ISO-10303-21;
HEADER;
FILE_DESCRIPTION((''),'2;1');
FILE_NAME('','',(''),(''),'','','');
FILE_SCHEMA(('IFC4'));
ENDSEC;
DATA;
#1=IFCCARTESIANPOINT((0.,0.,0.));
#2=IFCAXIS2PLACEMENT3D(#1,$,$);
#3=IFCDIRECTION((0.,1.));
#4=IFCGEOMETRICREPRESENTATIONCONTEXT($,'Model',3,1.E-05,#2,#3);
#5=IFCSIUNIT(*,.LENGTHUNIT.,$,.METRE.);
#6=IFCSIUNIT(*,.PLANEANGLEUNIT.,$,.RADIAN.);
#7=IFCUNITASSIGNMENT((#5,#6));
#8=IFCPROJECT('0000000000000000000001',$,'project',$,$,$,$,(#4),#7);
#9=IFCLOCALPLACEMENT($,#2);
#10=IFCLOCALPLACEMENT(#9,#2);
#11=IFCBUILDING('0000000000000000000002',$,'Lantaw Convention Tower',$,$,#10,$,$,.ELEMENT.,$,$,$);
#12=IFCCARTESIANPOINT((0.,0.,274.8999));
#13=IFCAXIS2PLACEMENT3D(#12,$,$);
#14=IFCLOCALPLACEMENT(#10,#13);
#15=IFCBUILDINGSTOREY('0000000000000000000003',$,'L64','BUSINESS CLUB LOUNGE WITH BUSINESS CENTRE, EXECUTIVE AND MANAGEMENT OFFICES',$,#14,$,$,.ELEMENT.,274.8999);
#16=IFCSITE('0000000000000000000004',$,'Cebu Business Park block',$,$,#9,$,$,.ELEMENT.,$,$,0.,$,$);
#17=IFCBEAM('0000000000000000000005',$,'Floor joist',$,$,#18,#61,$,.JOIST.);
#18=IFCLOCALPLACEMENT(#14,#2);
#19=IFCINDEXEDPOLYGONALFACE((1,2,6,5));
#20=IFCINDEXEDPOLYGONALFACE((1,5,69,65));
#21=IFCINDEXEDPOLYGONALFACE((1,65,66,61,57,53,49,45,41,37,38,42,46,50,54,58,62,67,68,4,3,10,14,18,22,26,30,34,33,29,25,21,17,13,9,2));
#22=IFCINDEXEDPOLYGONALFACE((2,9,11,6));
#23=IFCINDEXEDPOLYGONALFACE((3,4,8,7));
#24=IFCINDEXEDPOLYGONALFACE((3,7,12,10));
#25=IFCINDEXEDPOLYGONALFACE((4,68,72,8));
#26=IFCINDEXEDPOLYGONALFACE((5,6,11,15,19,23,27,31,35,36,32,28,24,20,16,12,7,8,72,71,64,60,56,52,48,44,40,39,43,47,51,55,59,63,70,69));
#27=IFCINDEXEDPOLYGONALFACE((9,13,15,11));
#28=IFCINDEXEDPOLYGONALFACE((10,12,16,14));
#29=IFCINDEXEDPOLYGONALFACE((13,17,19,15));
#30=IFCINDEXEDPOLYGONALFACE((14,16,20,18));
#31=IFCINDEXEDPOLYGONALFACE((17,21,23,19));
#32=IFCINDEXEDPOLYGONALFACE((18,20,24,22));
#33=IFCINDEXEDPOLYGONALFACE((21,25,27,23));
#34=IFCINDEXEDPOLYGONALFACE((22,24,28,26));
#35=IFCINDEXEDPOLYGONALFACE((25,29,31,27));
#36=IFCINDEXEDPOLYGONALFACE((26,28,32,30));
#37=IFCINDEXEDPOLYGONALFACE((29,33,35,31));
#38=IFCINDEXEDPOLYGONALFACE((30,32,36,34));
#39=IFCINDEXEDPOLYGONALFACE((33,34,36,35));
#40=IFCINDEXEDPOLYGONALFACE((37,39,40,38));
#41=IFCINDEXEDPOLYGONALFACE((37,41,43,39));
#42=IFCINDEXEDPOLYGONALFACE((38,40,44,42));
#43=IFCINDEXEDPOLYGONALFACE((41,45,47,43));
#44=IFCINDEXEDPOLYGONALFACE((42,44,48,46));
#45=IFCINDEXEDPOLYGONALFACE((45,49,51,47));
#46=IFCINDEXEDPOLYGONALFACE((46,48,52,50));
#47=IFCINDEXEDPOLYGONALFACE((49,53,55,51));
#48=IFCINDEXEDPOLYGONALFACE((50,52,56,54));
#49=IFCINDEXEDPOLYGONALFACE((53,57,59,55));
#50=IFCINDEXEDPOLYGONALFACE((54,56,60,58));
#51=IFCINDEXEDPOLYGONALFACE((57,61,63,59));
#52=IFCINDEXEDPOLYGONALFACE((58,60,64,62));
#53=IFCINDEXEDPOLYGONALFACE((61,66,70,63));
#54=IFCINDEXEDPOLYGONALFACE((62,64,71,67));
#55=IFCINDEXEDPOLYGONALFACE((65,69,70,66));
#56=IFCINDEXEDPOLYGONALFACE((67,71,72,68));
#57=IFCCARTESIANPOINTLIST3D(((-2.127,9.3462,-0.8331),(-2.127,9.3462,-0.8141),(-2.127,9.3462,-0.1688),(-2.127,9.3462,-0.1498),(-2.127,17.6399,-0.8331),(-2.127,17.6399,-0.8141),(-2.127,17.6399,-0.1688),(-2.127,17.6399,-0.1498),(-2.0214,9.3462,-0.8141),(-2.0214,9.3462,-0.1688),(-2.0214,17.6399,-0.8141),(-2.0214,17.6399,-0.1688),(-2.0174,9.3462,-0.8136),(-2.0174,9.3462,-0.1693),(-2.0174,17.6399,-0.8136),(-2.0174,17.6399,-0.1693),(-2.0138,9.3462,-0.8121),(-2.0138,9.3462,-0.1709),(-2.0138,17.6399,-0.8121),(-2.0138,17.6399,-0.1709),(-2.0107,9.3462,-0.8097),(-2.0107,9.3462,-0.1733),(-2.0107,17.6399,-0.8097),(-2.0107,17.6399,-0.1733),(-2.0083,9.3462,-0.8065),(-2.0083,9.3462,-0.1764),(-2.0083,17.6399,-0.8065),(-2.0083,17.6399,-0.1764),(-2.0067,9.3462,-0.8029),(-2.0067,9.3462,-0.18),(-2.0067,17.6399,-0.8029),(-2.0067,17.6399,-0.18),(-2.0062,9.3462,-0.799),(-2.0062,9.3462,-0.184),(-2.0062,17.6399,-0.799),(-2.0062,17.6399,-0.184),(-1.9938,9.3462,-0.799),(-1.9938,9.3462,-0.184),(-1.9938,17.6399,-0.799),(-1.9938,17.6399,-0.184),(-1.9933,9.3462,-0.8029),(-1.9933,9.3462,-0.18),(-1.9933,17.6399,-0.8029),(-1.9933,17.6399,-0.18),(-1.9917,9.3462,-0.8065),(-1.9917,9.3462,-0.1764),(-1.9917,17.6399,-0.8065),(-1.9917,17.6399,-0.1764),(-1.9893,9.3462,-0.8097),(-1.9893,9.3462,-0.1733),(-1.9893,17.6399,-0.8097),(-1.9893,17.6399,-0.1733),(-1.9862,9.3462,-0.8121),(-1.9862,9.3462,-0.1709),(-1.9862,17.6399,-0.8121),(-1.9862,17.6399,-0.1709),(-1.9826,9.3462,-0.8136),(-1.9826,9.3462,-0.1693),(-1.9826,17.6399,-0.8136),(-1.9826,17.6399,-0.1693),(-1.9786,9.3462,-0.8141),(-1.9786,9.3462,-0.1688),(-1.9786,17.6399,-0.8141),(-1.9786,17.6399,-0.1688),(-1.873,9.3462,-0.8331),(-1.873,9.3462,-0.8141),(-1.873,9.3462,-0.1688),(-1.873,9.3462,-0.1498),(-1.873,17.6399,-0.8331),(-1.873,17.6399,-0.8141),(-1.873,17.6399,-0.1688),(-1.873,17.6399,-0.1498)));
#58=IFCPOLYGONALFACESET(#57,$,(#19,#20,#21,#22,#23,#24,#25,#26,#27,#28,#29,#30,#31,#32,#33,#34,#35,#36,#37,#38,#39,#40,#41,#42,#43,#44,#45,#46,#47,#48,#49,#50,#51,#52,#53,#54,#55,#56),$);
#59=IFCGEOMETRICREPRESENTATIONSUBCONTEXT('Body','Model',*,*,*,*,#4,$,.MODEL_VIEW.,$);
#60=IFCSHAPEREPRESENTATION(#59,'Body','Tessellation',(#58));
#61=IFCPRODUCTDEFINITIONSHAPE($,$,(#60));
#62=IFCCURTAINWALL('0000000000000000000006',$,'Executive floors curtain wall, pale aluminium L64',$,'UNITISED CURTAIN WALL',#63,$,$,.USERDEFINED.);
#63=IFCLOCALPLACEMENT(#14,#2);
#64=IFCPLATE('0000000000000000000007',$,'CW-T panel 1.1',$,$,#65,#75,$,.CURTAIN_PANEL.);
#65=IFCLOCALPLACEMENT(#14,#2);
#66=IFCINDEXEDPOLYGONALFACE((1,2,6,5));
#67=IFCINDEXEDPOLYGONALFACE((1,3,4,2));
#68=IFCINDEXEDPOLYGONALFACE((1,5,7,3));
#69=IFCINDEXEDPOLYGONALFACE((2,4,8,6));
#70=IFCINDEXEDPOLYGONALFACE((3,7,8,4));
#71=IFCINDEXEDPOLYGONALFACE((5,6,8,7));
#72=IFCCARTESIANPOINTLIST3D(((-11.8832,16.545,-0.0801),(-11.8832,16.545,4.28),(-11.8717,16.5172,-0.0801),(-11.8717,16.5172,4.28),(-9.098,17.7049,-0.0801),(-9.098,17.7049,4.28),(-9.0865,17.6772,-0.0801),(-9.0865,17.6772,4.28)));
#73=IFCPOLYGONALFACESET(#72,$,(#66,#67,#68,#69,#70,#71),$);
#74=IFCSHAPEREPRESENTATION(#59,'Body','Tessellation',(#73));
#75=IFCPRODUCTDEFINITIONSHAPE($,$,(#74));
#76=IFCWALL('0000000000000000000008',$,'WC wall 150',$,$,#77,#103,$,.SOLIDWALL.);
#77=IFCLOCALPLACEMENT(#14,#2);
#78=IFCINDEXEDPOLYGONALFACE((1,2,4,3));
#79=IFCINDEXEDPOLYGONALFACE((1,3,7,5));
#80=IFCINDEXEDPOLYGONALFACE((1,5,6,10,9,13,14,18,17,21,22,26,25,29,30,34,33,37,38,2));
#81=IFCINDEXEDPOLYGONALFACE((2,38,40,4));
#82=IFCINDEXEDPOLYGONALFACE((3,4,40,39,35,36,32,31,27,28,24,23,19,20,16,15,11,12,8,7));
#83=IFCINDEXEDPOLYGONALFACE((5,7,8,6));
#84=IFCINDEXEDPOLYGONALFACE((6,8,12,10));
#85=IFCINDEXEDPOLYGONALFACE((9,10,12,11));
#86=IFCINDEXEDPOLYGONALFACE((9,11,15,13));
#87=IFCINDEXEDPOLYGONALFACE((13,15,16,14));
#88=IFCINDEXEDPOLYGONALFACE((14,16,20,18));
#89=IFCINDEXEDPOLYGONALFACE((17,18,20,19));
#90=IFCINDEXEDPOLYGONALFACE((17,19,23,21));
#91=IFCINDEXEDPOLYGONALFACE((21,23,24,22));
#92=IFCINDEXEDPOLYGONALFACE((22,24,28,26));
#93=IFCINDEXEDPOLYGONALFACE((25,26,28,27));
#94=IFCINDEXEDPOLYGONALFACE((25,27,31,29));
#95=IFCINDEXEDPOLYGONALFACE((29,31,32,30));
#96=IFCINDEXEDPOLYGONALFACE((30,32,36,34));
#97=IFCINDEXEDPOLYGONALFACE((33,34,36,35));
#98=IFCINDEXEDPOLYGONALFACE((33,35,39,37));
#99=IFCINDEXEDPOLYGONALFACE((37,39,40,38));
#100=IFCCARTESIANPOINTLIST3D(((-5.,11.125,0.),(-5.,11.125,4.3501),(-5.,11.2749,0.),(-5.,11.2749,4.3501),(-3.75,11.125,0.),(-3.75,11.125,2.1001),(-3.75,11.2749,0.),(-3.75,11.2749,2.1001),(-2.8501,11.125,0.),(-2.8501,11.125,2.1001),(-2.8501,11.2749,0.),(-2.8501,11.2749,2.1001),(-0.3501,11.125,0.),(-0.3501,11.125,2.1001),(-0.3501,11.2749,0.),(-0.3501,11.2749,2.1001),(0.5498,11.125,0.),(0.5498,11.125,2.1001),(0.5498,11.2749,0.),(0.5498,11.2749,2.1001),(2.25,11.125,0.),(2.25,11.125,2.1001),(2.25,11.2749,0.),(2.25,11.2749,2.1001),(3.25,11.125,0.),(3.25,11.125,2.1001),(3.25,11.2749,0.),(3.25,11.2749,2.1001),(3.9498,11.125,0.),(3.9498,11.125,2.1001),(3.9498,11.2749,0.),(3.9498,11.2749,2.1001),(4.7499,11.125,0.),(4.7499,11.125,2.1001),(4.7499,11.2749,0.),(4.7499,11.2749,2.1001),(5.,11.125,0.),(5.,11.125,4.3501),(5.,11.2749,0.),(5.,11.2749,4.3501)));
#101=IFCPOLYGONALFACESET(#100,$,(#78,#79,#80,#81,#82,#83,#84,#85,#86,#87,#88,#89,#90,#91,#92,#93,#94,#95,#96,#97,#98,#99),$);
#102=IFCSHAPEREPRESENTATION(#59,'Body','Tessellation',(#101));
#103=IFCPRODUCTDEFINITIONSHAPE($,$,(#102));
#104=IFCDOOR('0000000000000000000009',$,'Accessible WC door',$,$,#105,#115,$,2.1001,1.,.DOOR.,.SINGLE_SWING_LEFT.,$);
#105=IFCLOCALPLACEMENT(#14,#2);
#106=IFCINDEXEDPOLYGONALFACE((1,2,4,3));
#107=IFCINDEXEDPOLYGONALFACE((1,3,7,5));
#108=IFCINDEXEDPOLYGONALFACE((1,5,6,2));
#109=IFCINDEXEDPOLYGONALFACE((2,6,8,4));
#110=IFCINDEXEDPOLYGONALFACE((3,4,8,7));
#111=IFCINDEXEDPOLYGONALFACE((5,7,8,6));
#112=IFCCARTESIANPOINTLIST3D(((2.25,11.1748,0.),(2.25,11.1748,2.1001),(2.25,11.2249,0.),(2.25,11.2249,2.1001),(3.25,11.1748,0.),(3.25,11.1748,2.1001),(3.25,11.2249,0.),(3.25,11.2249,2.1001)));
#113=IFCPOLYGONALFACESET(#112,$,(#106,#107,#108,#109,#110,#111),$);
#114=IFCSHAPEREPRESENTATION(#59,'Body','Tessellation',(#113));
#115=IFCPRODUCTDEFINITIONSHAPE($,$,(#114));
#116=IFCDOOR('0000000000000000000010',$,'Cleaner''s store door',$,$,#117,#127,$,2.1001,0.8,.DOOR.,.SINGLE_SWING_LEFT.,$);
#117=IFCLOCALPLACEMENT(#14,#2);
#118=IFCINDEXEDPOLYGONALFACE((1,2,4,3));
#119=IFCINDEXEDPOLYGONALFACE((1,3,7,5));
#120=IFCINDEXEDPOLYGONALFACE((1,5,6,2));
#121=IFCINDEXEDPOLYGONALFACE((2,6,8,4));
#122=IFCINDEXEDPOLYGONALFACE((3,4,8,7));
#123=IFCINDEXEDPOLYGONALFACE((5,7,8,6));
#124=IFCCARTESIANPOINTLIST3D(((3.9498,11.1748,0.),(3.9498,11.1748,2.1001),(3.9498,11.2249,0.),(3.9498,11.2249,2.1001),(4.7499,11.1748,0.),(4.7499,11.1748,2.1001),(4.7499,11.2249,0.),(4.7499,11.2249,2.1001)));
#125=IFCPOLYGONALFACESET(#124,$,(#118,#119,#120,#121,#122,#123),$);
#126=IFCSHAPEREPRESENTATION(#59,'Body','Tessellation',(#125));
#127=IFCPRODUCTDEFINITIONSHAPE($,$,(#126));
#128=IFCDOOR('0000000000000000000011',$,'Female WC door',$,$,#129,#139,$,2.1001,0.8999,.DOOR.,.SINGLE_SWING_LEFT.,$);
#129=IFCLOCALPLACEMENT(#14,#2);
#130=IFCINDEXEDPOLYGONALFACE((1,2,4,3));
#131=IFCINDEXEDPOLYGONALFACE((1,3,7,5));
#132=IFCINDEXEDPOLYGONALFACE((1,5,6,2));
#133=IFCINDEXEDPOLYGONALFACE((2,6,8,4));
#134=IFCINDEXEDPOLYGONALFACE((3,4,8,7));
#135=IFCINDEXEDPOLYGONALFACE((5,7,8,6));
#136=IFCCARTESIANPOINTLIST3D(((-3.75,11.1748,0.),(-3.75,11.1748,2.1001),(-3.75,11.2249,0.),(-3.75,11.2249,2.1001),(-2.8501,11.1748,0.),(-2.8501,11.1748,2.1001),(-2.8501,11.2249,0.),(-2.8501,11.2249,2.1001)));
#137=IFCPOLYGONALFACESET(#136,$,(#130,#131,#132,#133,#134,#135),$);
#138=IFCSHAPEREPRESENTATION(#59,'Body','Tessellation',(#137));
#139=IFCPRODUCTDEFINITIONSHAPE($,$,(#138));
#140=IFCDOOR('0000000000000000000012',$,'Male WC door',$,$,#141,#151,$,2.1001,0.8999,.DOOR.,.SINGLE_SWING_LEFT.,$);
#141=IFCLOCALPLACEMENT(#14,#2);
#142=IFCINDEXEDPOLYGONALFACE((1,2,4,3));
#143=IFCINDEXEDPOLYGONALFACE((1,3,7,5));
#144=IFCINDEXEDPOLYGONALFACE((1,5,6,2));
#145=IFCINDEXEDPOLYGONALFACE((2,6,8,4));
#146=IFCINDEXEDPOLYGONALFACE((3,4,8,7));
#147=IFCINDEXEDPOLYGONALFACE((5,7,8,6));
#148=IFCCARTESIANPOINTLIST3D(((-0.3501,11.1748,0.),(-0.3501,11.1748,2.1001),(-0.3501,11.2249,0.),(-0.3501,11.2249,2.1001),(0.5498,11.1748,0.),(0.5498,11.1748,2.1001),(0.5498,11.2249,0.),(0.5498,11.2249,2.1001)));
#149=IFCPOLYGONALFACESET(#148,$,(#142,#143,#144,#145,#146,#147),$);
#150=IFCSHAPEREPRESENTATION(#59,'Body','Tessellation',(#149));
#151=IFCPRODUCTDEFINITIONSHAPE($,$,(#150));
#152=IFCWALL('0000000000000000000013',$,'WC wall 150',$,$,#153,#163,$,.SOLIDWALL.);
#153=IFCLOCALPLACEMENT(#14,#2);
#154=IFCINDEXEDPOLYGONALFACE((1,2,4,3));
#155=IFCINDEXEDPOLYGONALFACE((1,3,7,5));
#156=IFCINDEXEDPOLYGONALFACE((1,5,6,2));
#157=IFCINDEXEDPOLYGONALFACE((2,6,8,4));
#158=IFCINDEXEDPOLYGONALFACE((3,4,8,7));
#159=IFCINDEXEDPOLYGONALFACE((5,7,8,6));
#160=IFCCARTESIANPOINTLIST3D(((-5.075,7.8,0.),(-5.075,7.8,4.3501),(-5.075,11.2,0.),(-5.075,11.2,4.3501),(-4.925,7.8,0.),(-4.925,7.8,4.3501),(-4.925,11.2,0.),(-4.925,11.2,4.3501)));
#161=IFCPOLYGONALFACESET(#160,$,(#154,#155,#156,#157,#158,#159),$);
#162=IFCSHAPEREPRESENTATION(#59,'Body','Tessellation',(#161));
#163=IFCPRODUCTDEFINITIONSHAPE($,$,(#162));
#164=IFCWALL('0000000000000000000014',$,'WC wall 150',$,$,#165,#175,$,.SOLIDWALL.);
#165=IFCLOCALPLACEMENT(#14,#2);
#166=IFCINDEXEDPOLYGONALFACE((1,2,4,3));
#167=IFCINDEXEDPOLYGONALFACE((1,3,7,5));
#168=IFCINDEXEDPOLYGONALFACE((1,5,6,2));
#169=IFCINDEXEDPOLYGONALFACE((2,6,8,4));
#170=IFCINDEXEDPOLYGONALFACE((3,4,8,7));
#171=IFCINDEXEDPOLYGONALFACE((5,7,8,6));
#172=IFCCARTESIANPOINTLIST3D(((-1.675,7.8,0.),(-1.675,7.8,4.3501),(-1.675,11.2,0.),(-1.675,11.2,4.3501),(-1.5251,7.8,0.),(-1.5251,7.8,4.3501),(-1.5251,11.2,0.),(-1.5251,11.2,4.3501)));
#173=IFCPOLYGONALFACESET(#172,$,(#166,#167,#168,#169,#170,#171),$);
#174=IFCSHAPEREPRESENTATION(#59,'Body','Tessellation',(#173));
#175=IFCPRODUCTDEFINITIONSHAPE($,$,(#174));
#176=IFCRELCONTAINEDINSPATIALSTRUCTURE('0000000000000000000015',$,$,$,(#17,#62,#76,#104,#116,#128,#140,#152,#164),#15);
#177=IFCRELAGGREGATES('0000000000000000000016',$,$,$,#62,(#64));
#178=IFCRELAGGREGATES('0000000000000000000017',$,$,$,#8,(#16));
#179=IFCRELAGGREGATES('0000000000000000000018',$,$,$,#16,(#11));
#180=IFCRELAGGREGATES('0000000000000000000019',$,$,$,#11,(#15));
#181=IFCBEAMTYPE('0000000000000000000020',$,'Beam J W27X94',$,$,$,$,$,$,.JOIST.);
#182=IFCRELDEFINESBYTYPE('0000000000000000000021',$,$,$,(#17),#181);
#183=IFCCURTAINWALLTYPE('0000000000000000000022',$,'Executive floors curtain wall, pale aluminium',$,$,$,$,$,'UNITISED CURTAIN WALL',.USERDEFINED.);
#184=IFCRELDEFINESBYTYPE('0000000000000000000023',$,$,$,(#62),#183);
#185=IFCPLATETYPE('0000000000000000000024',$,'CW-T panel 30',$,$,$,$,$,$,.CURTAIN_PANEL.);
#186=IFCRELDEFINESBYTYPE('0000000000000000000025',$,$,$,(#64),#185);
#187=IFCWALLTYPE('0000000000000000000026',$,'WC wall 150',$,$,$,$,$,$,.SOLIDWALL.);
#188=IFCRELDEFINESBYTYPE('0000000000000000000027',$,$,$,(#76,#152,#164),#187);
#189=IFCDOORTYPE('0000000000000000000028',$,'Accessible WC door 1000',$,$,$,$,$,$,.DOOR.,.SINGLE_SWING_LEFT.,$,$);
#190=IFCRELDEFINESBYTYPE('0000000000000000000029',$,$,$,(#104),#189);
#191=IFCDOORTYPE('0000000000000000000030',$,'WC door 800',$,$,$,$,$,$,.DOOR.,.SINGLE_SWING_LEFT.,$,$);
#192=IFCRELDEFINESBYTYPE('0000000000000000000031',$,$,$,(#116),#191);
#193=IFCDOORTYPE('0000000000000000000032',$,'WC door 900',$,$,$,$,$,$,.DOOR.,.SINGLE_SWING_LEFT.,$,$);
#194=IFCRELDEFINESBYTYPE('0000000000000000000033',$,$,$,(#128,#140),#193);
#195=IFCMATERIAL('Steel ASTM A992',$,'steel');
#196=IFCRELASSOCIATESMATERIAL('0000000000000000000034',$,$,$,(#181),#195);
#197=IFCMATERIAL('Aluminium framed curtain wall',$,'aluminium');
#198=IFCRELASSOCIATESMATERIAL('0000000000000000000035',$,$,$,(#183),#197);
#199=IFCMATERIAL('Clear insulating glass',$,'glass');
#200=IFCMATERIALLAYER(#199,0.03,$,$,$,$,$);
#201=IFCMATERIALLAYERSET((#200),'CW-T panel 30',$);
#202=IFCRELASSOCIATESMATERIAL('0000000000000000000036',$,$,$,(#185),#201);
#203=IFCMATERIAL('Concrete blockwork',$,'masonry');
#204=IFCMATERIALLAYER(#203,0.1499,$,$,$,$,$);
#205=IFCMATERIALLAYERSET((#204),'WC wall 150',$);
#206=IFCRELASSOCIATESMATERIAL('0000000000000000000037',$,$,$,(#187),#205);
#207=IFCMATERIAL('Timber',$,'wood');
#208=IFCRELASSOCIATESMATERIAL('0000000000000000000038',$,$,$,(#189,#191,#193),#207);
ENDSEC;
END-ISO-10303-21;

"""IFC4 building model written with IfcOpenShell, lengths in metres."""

from ifc_helpers import new_model, si_unit, direction, frame, frame_2d, origin, origin_2d, place, context, subcontext, project, spatial, rectangle, i_section, extrude, material, layer, layer_set, material_profile, profile_set, type_object, element, fill, aggregate, save


model = new_model("IFC4")

# Units and contexts
model_context = context("Model", 3, precision=1e-05, world=origin(), true_north=direction((0.0, 1.0)))
body_context = subcontext(model_context, "Body", "Model", "MODEL_VIEW")
ifc_project = project(units=[si_unit("LENGTHUNIT", "METRE"), si_unit("PLANEANGLEUNIT", "RADIAN")], contexts=[model_context])

# Site, building, storey
site_placement = place(None, origin())
site = spatial("IfcSite", under=ifc_project, at=site_placement, Name="Cebu Business Park block", CompositionType="ELEMENT", RefElevation=0.0)
building_placement = place(site_placement, origin())
building = spatial("IfcBuilding", under=site, at=building_placement, Name="Lantaw Convention Tower", CompositionType="ELEMENT")
storey_placement = place(building_placement, frame((0.0, 0.0, 274.8999)))
storey = spatial("IfcBuildingStorey", under=building, at=storey_placement, Name="L64", Description="BUSINESS CLUB LOUNGE WITH BUSINESS CENTRE, EXECUTIVE AND MANAGEMENT OFFICES", CompositionType="ELEMENT", Elevation=274.8999)

# Beam
ifc_material_1 = material(Name="Steel ASTM A992", Category="steel")
ifc_material_profile_1 = material_profile(ifc_material_1, i_section(OverallWidth=0.2539, OverallDepth=0.6833, WebThickness=0.0125, FlangeThickness=0.019, FilletRadius=0.0151, at=origin_2d()), Name="W27X94")
ifc_profile_set_1 = profile_set([ifc_material_profile_1], Name="Steel ASTM A992")
beam_type_1 = type_object("IfcBeamType", Name="Beam J W27X94", PredefinedType="JOIST", material=ifc_profile_set_1)
beam_1_placement = place(storey_placement, frame((-2.0, 9.3462, -0.4915), z_axis=(0.0, 1.0, 0.0), x_axis=(-1.0, 0.0, 0.0)))
element("IfcBeam", 1, at=beam_1_placement, inside=storey, type_object=beam_type_1, Name="Floor joist", PredefinedType="JOIST", context=body_context, shape_type="SweptSolid", body=[
    extrude(i_section(OverallWidth=0.2539, OverallDepth=0.6833, WebThickness=0.0125, FlangeThickness=0.019, FilletRadius=0.0151, at=origin_2d()), origin(), (0.0, 0.0, 1.0), 8.2937),
])

# Curtain wall, plate
ifc_material_2 = material(Name="Aluminium framed curtain wall", Category="aluminium")
curtain_wall_type = type_object("IfcCurtainWallType", Name="Executive floors curtain wall, pale aluminium", ElementType="UNITISED CURTAIN WALL", PredefinedType="USERDEFINED", material=ifc_material_2)
curtain_wall_placement = place(storey_placement, origin())
curtain_wall = element("IfcCurtainWall", 2, at=curtain_wall_placement, inside=storey, type_object=curtain_wall_type, Name="Executive floors curtain wall, pale aluminium L64", ObjectType="UNITISED CURTAIN WALL", PredefinedType="USERDEFINED")
ifc_material_3 = material(Name="Clear insulating glass", Category="glass")
ifc_layer_1 = layer(ifc_material_3, 0.03)
ifc_layer_set_1 = layer_set([ifc_layer_1], Name="CW-T panel 30")
plate_type = type_object("IfcPlateType", Name="CW-T panel 30", PredefinedType="CURTAIN_PANEL", material=ifc_layer_set_1)
plate_placement = place(storey_placement, frame((-10.4849, 17.1111, -0.0801), z_axis=(0.0, 0.0, 1.0), x_axis=(-0.923142, -0.38446, 0.0)))
plate = element("IfcPlate", 3, at=plate_placement, type_object=plate_type, Name="CW-T panel 1.1", PredefinedType="CURTAIN_PANEL", context=body_context, shape_type="SweptSolid", body=[
    extrude(rectangle(XDim=3.0171, YDim=0.03, at=origin_2d()), origin(), (0.0, 0.0, 1.0), 4.3601),
])
aggregate(curtain_wall, [plate])

# Wall, openings, doors
ifc_material_4 = material(Name="Concrete blockwork", Category="masonry")
ifc_layer_2 = layer(ifc_material_4, 0.1499)
ifc_layer_set_2 = layer_set([ifc_layer_2], Name="WC wall 150")
wall_type = type_object("IfcWallType", Name="WC wall 150", PredefinedType="SOLIDWALL", material=ifc_layer_set_2)
wall_placement = place(storey_placement, frame((-5.0, 11.2, 0.0), z_axis=(0.0, 0.0, 1.0), x_axis=(1.0, 0.0, 0.0)))
wall = element("IfcWall", 4, at=wall_placement, inside=storey, type_object=wall_type, Name="WC wall 150", PredefinedType="SOLIDWALL", context=body_context, shape_type="SweptSolid", body=[
    extrude(rectangle(XDim=10.0, YDim=0.1499, at=frame_2d((5.0, 0.0))), origin(), (0.0, 0.0, 1.0), 4.3501),
])
opening_1_placement = place(wall_placement, frame((1.25, 0.0, 0.0)))
opening_1 = element("IfcOpeningElement", 5, at=opening_1_placement, cuts=wall, PredefinedType="OPENING", context=body_context, shape_type="SweptSolid", body=[
    extrude(rectangle(XDim=0.8999, YDim=2.1001, at=frame_2d((0.45, 1.05))), frame((0.0, 0.085, 0.0), z_axis=(0.0, -1.0, 0.0), x_axis=(1.0, 0.0, 0.0)), (0.0, 0.0, 1.0), 0.1699),
])
opening_2_placement = place(wall_placement, frame((4.6499, 0.0, 0.0)))
opening_2 = element("IfcOpeningElement", 6, at=opening_2_placement, cuts=wall, PredefinedType="OPENING", context=body_context, shape_type="SweptSolid", body=[
    extrude(rectangle(XDim=0.8999, YDim=2.1001, at=frame_2d((0.45, 1.05))), frame((0.0, 0.085, 0.0), z_axis=(0.0, -1.0, 0.0), x_axis=(1.0, 0.0, 0.0)), (0.0, 0.0, 1.0), 0.1699),
])
opening_3_placement = place(wall_placement, frame((7.25, 0.0, 0.0)))
opening_3 = element("IfcOpeningElement", 7, at=opening_3_placement, cuts=wall, PredefinedType="OPENING", context=body_context, shape_type="SweptSolid", body=[
    extrude(rectangle(XDim=1.0, YDim=2.1001, at=frame_2d((0.5, 1.05))), frame((0.0, 0.085, 0.0), z_axis=(0.0, -1.0, 0.0), x_axis=(1.0, 0.0, 0.0)), (0.0, 0.0, 1.0), 0.1699),
])
opening_4_placement = place(wall_placement, frame((8.95, 0.0, 0.0)))
opening_4 = element("IfcOpeningElement", 8, at=opening_4_placement, cuts=wall, PredefinedType="OPENING", context=body_context, shape_type="SweptSolid", body=[
    extrude(rectangle(XDim=0.8, YDim=2.1001, at=frame_2d((0.3999, 1.05))), frame((0.0, 0.085, 0.0), z_axis=(0.0, -1.0, 0.0), x_axis=(1.0, 0.0, 0.0)), (0.0, 0.0, 1.0), 0.1699),
])
ifc_material_5 = material(Name="Timber", Category="wood")
door_type_1 = type_object("IfcDoorType", Name="Accessible WC door 1000", OperationType="SINGLE_SWING_LEFT", PredefinedType="DOOR", material=ifc_material_5)
door_1_placement = place(opening_3_placement, origin())
door_1 = element("IfcDoor", 9, at=door_1_placement, inside=storey, type_object=door_type_1, Name="Accessible WC door", OperationType="SINGLE_SWING_LEFT", OverallHeight=2.1001, OverallWidth=1.0, PredefinedType="DOOR", context=body_context, shape_type="SweptSolid", body=[
    extrude(rectangle(XDim=1.0, YDim=2.1001, at=frame_2d((0.5, 1.05))), frame((0.0, 0.0249, 0.0), z_axis=(0.0, -1.0, 0.0), x_axis=(1.0, 0.0, 0.0)), (0.0, 0.0, 1.0), 0.05),
])
fill(opening_3, door_1)
door_type_2 = type_object("IfcDoorType", Name="WC door 800", OperationType="SINGLE_SWING_LEFT", PredefinedType="DOOR", material=ifc_material_5)
door_2_placement = place(opening_4_placement, origin())
door_2 = element("IfcDoor", 10, at=door_2_placement, inside=storey, type_object=door_type_2, Name="Cleaner's store door", OperationType="SINGLE_SWING_LEFT", OverallHeight=2.1001, OverallWidth=0.8, PredefinedType="DOOR", context=body_context, shape_type="SweptSolid", body=[
    extrude(rectangle(XDim=0.8, YDim=2.1001, at=frame_2d((0.3999, 1.05))), frame((0.0, 0.0249, 0.0), z_axis=(0.0, -1.0, 0.0), x_axis=(1.0, 0.0, 0.0)), (0.0, 0.0, 1.0), 0.05),
])
fill(opening_4, door_2)
door_type_3 = type_object("IfcDoorType", Name="WC door 900", OperationType="SINGLE_SWING_LEFT", PredefinedType="DOOR", material=ifc_material_5)
door_3_placement = place(opening_1_placement, origin())
door_3 = element("IfcDoor", 11, at=door_3_placement, inside=storey, type_object=door_type_3, Name="Female WC door", OperationType="SINGLE_SWING_LEFT", OverallHeight=2.1001, OverallWidth=0.8999, PredefinedType="DOOR", context=body_context, shape_type="SweptSolid", body=[
    extrude(rectangle(XDim=0.8999, YDim=2.1001, at=frame_2d((0.45, 1.05))), frame((0.0, 0.0249, 0.0), z_axis=(0.0, -1.0, 0.0), x_axis=(1.0, 0.0, 0.0)), (0.0, 0.0, 1.0), 0.05),
])
fill(opening_1, door_3)
door_4_placement = place(opening_2_placement, origin())
door_4 = element("IfcDoor", 12, at=door_4_placement, inside=storey, type_object=door_type_3, Name="Male WC door", OperationType="SINGLE_SWING_LEFT", OverallHeight=2.1001, OverallWidth=0.8999, PredefinedType="DOOR", context=body_context, shape_type="SweptSolid", body=[
    extrude(rectangle(XDim=0.8999, YDim=2.1001, at=frame_2d((0.45, 1.05))), frame((0.0, 0.0249, 0.0), z_axis=(0.0, -1.0, 0.0), x_axis=(1.0, 0.0, 0.0)), (0.0, 0.0, 1.0), 0.05),
])
fill(opening_2, door_4)

# Walls
for number, where, z_axis, x_axis, name in (
    (13, (-5.0, 7.8, 0.0), (0.0, 0.0, 1.0), (0.0, 1.0, 0.0), "WC wall 150"),
    (14, (-1.6001, 7.8, 0.0), (0.0, 0.0, 1.0), (0.0, 1.0, 0.0), "WC wall 150"),
):
    element("IfcWall", number, at=place(storey_placement, frame(where, z_axis=z_axis, x_axis=x_axis)), inside=storey, type_object=wall_type, Name=name, PredefinedType="SOLIDWALL", context=body_context, shape_type="SweptSolid", body=[
        extrude(rectangle(XDim=3.3999, YDim=0.1499, at=frame_2d((1.7, 0.0))), origin(), (0.0, 0.0, 1.0), 4.3501),
    ])

save(model, "model.ifc")
